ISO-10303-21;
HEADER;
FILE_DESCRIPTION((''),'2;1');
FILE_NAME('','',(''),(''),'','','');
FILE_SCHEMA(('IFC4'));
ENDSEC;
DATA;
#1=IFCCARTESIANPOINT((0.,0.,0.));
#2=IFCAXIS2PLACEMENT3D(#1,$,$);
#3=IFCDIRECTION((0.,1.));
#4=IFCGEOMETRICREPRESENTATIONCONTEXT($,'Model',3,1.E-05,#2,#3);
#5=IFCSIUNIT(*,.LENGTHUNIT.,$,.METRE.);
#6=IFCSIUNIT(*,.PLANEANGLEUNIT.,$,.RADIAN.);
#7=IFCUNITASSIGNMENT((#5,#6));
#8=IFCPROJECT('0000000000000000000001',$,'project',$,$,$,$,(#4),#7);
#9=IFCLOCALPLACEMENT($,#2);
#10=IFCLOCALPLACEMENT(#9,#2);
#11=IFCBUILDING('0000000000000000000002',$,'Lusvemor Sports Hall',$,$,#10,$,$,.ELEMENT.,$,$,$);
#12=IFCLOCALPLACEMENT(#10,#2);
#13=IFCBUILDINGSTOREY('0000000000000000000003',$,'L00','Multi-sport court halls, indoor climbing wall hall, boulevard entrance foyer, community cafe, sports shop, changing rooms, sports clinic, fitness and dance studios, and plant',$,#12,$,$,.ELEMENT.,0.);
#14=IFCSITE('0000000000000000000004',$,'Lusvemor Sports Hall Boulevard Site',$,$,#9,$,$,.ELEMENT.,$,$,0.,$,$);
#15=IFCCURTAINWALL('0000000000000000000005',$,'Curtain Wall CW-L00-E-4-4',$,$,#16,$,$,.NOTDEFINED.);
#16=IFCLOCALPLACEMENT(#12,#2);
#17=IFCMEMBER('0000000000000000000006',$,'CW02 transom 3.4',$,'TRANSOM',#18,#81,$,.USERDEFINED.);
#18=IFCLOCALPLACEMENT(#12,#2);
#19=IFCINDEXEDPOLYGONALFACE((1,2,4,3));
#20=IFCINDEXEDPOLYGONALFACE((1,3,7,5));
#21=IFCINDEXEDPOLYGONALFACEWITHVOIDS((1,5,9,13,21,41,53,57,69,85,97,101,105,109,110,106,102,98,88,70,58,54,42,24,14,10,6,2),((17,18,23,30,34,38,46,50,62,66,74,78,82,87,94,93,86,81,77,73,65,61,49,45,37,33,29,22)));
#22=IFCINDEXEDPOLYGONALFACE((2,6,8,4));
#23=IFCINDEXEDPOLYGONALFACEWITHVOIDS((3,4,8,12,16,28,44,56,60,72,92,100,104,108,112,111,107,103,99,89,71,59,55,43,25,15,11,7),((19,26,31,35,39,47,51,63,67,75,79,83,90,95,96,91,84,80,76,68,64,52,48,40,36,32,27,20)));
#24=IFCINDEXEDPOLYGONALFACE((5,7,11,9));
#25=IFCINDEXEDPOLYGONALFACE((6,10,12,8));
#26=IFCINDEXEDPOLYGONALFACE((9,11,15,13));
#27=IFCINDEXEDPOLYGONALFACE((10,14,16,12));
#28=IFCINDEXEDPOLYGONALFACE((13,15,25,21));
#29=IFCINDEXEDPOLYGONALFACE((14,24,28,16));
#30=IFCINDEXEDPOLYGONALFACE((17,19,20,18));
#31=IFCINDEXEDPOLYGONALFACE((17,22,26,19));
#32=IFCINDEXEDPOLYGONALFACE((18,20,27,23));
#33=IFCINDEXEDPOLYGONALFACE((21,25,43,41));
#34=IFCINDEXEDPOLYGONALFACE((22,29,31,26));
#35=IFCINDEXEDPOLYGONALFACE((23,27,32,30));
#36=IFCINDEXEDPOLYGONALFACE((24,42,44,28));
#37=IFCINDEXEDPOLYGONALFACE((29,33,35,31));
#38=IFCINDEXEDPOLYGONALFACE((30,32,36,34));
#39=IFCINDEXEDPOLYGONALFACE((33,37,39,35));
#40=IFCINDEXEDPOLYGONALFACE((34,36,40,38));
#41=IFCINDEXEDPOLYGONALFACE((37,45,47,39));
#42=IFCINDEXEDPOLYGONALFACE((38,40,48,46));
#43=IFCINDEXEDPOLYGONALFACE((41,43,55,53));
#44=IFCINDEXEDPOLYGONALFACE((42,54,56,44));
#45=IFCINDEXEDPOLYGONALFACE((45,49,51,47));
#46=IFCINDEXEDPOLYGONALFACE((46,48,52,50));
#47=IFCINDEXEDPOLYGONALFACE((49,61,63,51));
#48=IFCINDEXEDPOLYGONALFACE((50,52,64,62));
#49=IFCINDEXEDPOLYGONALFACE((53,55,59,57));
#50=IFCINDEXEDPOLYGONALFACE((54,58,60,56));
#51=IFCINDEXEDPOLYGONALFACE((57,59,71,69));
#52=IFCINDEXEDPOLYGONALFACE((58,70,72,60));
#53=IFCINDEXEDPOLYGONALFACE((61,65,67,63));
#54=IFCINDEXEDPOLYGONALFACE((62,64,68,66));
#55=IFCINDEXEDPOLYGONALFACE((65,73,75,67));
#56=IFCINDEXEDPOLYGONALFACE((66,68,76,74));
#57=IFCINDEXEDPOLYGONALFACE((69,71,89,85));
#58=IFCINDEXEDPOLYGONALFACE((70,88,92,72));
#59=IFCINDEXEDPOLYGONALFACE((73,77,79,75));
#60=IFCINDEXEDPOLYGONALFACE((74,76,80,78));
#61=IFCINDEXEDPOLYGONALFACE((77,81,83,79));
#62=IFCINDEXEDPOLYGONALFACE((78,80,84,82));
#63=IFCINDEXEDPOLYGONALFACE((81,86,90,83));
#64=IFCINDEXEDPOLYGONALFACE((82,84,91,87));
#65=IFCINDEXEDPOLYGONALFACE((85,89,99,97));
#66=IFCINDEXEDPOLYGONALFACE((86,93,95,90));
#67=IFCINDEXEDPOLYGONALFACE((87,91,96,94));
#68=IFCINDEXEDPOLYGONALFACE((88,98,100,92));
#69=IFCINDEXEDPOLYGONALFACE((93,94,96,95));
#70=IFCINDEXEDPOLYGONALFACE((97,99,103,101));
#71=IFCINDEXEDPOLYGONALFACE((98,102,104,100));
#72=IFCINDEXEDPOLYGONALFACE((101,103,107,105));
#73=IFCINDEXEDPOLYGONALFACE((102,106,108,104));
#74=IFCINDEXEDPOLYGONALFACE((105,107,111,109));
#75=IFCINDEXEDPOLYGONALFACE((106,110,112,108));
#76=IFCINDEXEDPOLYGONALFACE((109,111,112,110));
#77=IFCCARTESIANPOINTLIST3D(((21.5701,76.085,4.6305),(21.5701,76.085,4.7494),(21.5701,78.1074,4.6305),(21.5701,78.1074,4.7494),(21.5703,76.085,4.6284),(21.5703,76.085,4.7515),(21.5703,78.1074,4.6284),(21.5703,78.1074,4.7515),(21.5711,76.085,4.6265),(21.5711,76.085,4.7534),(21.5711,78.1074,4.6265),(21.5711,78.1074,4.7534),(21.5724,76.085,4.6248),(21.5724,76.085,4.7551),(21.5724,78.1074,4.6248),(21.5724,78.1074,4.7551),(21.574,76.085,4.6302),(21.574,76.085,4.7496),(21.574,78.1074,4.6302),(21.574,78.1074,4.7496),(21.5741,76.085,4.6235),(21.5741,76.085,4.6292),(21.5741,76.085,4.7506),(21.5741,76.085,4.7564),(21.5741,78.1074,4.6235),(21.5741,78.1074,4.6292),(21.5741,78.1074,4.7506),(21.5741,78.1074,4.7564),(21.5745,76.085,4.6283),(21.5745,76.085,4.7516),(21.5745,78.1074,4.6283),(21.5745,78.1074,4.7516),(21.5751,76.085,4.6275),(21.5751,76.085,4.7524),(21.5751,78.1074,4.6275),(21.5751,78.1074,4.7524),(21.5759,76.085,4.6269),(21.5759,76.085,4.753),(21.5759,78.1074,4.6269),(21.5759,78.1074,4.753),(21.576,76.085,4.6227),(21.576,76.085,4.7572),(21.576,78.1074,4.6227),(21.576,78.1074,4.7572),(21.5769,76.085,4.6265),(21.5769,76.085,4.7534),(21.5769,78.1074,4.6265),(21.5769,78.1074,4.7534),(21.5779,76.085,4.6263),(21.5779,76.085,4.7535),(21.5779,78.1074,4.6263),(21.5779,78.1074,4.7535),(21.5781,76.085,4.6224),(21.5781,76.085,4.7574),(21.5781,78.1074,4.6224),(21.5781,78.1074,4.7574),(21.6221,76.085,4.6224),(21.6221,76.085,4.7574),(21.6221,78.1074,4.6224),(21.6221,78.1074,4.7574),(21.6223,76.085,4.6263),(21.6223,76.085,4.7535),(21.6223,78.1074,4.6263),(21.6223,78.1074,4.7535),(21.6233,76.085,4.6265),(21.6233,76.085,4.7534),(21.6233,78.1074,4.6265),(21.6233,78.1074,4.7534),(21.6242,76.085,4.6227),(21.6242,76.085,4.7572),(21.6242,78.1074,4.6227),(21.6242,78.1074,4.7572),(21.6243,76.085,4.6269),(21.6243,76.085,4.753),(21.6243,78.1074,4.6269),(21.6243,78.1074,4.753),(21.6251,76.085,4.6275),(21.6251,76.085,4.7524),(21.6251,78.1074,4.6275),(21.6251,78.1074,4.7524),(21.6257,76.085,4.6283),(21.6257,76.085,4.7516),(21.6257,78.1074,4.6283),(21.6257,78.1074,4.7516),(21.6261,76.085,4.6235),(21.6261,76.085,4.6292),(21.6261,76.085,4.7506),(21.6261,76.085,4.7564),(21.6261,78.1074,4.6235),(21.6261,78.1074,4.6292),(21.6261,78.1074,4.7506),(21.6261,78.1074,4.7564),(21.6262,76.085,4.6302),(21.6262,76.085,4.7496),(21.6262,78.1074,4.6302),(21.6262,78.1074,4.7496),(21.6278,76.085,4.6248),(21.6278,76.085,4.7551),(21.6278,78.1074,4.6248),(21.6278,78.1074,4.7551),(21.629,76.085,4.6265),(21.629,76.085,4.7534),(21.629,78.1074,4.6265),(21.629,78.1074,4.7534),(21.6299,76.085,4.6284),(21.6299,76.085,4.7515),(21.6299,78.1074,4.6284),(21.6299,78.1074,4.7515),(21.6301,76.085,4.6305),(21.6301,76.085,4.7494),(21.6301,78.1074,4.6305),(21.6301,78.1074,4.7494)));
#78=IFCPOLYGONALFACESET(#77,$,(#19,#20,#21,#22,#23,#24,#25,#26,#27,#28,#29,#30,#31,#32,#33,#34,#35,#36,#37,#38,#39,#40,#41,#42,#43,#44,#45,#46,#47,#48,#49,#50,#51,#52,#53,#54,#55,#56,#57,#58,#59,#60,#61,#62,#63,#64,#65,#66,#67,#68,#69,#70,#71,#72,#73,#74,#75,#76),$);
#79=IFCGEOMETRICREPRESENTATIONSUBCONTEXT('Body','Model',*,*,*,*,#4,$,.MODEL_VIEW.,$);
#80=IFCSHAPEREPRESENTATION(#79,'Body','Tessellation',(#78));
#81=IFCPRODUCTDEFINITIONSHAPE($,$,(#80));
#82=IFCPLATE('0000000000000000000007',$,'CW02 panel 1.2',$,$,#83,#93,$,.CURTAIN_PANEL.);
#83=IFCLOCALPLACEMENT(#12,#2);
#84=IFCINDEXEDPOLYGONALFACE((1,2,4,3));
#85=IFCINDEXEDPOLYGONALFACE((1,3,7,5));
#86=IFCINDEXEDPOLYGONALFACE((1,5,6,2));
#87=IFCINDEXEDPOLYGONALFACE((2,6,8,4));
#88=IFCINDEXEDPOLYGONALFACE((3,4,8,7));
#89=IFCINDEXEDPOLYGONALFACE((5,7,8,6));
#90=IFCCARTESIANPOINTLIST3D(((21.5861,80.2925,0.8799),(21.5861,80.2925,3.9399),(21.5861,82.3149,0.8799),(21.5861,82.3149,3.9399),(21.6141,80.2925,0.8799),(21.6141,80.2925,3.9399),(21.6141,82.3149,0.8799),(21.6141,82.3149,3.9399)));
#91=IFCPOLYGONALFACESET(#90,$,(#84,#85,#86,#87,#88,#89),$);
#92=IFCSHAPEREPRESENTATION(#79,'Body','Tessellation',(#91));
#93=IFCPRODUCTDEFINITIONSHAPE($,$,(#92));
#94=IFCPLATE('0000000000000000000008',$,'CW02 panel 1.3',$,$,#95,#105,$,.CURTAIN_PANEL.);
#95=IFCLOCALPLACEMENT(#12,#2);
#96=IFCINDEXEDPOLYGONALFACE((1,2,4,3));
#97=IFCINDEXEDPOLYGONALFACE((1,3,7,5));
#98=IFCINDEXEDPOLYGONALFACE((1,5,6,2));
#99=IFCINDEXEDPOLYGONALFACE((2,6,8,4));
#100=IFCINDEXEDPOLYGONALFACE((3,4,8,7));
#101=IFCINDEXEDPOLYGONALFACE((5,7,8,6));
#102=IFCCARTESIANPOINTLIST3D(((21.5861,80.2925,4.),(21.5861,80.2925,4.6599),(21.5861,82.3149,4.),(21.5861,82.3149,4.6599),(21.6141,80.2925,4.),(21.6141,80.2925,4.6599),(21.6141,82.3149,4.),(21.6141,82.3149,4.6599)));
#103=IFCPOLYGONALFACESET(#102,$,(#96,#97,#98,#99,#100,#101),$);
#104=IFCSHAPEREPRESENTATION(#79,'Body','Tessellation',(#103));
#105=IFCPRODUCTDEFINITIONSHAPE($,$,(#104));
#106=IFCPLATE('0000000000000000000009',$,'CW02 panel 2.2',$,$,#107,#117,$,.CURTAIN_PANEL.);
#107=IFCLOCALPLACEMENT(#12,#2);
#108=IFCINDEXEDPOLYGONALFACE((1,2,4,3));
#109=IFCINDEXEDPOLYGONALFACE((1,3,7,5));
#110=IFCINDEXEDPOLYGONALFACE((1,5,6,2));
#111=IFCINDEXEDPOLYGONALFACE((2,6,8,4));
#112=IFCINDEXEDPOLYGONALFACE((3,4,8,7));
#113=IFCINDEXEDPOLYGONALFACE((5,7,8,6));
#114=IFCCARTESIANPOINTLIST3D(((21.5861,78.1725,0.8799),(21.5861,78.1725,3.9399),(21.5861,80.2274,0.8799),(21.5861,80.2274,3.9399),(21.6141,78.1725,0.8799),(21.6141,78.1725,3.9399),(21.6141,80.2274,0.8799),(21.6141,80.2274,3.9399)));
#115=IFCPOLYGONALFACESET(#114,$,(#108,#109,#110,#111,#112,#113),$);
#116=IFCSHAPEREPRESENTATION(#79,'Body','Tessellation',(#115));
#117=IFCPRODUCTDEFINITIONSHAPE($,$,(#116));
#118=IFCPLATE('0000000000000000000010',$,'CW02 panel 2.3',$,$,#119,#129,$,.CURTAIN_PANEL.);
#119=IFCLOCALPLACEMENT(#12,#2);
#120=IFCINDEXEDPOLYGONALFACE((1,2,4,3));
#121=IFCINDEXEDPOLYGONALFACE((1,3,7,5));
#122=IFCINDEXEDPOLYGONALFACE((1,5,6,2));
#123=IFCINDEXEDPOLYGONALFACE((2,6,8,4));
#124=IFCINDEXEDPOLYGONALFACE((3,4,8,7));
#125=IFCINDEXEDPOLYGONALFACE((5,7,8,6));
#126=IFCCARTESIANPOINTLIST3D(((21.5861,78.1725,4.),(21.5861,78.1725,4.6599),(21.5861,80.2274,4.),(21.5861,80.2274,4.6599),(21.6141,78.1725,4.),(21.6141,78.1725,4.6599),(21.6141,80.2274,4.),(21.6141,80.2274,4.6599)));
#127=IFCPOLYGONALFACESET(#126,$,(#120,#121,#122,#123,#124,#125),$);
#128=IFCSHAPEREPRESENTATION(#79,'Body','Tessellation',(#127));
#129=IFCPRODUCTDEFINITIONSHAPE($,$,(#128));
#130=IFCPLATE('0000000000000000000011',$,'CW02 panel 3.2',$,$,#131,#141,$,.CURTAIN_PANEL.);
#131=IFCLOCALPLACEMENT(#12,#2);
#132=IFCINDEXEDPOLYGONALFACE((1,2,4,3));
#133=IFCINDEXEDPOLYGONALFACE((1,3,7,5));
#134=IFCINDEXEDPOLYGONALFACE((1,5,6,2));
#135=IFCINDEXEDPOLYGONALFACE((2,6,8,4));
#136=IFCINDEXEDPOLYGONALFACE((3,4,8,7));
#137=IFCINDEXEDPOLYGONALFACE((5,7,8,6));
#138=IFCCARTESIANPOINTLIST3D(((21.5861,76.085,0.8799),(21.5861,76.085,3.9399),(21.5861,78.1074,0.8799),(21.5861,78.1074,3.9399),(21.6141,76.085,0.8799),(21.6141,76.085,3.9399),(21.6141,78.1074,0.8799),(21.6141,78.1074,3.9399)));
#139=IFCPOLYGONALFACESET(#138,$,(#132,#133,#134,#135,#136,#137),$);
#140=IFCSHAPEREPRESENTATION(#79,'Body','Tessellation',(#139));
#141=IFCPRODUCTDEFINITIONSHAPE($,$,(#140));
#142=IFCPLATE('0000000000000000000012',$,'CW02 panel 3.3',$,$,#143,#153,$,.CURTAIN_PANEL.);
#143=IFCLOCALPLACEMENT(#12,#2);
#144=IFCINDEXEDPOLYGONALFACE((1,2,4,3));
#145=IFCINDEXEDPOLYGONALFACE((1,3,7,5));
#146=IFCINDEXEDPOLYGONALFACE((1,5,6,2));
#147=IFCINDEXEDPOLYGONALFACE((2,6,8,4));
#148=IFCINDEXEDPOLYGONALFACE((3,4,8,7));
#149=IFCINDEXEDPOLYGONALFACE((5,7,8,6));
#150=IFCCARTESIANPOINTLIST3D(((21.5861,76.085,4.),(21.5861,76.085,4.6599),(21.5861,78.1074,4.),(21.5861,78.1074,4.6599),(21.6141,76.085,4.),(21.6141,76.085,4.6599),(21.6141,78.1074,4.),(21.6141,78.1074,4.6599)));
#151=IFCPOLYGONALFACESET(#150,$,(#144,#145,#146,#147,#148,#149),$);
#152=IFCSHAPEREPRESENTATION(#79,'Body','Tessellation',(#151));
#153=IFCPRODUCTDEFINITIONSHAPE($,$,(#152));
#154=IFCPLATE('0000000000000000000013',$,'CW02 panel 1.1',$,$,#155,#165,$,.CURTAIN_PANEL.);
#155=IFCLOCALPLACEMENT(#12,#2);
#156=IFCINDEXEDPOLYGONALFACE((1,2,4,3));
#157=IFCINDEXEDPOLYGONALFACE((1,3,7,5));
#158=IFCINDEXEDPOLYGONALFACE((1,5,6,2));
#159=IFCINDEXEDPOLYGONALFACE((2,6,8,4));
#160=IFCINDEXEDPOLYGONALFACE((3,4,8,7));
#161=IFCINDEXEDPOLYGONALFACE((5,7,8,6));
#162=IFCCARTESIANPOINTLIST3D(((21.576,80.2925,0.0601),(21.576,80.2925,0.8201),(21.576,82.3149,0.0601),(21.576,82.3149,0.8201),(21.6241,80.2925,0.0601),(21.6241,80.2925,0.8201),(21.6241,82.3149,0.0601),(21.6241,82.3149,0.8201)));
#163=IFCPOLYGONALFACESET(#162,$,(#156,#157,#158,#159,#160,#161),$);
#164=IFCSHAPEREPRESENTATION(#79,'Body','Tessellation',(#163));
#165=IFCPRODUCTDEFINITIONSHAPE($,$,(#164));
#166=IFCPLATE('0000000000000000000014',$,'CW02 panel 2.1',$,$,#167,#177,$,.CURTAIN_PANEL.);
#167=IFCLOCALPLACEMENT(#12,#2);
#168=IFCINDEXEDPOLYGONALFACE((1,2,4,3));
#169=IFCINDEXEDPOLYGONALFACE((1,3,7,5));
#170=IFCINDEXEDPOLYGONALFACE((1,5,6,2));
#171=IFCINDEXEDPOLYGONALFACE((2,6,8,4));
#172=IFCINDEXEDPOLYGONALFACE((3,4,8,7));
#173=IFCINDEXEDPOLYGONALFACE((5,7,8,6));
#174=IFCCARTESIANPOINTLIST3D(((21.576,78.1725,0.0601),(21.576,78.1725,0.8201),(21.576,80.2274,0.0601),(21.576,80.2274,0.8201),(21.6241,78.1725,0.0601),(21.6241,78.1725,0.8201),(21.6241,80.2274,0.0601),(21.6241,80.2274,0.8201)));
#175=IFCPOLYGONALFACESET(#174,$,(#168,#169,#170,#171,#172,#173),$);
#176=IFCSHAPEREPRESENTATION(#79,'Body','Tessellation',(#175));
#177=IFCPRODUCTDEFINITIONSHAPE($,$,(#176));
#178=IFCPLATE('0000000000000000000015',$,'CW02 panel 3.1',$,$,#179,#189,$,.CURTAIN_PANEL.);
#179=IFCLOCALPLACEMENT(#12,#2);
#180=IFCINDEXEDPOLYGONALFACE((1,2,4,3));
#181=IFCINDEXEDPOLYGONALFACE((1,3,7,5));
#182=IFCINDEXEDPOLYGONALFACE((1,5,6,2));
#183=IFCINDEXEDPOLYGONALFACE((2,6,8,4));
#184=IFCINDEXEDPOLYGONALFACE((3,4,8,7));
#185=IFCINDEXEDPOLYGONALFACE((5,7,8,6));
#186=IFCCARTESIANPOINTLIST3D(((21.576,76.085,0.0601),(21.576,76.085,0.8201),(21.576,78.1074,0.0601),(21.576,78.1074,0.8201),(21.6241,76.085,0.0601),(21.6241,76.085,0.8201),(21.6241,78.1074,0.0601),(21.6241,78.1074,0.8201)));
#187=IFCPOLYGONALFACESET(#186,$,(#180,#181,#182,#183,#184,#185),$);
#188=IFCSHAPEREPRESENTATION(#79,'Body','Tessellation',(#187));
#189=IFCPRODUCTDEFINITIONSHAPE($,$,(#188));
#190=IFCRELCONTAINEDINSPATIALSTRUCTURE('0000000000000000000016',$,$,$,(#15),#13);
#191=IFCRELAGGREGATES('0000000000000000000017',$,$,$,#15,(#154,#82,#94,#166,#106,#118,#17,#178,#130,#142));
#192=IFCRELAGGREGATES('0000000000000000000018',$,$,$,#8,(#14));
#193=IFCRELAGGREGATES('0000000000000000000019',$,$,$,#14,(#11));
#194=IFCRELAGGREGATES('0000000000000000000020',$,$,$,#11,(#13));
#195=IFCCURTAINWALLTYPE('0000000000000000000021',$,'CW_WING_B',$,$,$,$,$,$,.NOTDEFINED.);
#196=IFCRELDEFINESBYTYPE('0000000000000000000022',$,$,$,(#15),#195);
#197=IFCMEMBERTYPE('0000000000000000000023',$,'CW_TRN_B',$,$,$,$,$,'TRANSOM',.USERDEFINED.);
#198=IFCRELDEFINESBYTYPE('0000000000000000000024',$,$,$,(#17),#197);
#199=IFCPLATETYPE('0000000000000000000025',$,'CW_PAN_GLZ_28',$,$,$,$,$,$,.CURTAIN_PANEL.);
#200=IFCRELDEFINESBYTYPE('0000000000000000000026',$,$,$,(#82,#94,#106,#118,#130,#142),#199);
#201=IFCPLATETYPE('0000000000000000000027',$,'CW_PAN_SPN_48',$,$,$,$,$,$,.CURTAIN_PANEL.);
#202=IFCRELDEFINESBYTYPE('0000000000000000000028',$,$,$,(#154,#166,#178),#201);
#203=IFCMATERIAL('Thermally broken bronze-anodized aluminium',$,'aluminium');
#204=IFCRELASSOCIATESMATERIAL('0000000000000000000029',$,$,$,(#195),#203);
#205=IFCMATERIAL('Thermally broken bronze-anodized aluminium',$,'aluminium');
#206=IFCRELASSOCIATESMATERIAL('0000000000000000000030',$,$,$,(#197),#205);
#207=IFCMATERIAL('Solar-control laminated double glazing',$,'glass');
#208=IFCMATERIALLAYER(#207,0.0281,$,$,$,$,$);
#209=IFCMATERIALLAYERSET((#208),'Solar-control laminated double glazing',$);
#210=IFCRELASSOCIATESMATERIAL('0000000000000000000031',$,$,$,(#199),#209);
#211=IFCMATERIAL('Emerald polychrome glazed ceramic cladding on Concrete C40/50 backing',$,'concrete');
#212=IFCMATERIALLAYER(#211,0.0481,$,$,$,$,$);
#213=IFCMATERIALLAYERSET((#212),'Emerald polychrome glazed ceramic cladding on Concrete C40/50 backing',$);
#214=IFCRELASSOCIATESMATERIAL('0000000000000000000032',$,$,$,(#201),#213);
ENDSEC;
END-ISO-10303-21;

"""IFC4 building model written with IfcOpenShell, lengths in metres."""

from ifc_helpers import new_model, si_unit, direction, frame, origin, origin_2d, place, context, subcontext, project, spatial, rectangle, hollow_rectangle, extrude, material, layer, layer_set, material_profile, profile_set, type_object, element, aggregate, save


model = new_model("IFC4")

# Units and contexts
model_context = context("Model", 3, precision=1e-05, world=origin(), true_north=direction((0.0, 1.0)))
body_context = subcontext(model_context, "Body", "Model", "MODEL_VIEW")
ifc_project = project(units=[si_unit("LENGTHUNIT", "METRE"), si_unit("PLANEANGLEUNIT", "RADIAN")], contexts=[model_context])

# Site, building, storey
site_placement = place(None, origin())
site = spatial("IfcSite", under=ifc_project, at=site_placement, Name="Lusvemor Sports Hall Boulevard Site", CompositionType="ELEMENT", RefElevation=0.0)
building_placement = place(site_placement, origin())
building = spatial("IfcBuilding", under=site, at=building_placement, Name="Lusvemor Sports Hall", CompositionType="ELEMENT")
storey_placement = place(building_placement, origin())
storey = spatial("IfcBuildingStorey", under=building, at=storey_placement, Name="L00", Description="Multi-sport court halls, indoor climbing wall hall, boulevard entrance foyer, community cafe, sports shop, changing rooms, sports clinic, fitness and dance studios, and plant", CompositionType="ELEMENT", Elevation=0.0)

# Curtain wall, member, plates
ifc_material_1 = material(Name="Thermally broken bronze-anodized aluminium", Category="aluminium")
curtain_wall_type = type_object("IfcCurtainWallType", Name="CW_WING_B", PredefinedType="NOTDEFINED", material=ifc_material_1)
curtain_wall_placement = place(storey_placement, origin())
curtain_wall = element("IfcCurtainWall", 1, at=curtain_wall_placement, inside=storey, type_object=curtain_wall_type, Name="Curtain Wall CW-L00-E-4-4", PredefinedType="NOTDEFINED")
ifc_material_2 = material(Name="Thermally broken bronze-anodized aluminium", Category="aluminium")
ifc_material_profile_1 = material_profile(ifc_material_2, hollow_rectangle(XDim=0.0601, YDim=0.135, WallThickness=0.0039, InnerFilletRadius=0.0039, OuterFilletRadius=0.0081, at=origin_2d()), Name="CWTRN135x60x4")
ifc_profile_set_1 = profile_set([ifc_material_profile_1], Name="Thermally broken bronze-anodized aluminium")
member_type_1 = type_object("IfcMemberType", Name="CW_TRN_B", ElementType="TRANSOM", PredefinedType="USERDEFINED", material=ifc_profile_set_1)
member_1_placement = place(storey_placement, frame((21.6001, 78.1074, 4.6899), z_axis=(0.0, -1.0, 0.0), x_axis=(1.0, 0.0, 0.0)))
member_1 = element("IfcMember", 2, at=member_1_placement, type_object=member_type_1, Name="CW02 transom 3.4", ObjectType="TRANSOM", PredefinedType="USERDEFINED", context=body_context, shape_type="SweptSolid", body=[
    extrude(hollow_rectangle(XDim=0.0601, YDim=0.135, WallThickness=0.0039, InnerFilletRadius=0.0039, OuterFilletRadius=0.0081, at=origin_2d()), origin(), (0.0, 0.0, 1.0), 2.0225),
])
ifc_material_3 = material(Name="Solar-control laminated double glazing", Category="glass")
ifc_layer_1 = layer(ifc_material_3, 0.0281)
ifc_layer_set_1 = layer_set([ifc_layer_1], Name="Solar-control laminated double glazing")
plate_type_1 = type_object("IfcPlateType", Name="CW_PAN_GLZ_28", PredefinedType="CURTAIN_PANEL", material=ifc_layer_set_1)
plate_1_placement = place(storey_placement, frame((21.6001, 81.3037, 0.8799), z_axis=(0.0, 0.0, 1.0), x_axis=(0.0, -1.0, 0.0)))
plate_1 = element("IfcPlate", 3, at=plate_1_placement, type_object=plate_type_1, Name="CW02 panel 1.2", PredefinedType="CURTAIN_PANEL", context=body_context, shape_type="SweptSolid", body=[
    extrude(rectangle(XDim=2.0225, YDim=0.0281, at=origin_2d()), origin(), (0.0, 0.0, 1.0), 3.0601),
])
plate_2_placement = place(storey_placement, frame((21.6001, 81.3037, 4.0), z_axis=(0.0, 0.0, 1.0), x_axis=(0.0, -1.0, 0.0)))
plate_2 = element("IfcPlate", 4, at=plate_2_placement, type_object=plate_type_1, Name="CW02 panel 1.3", PredefinedType="CURTAIN_PANEL", context=body_context, shape_type="SweptSolid", body=[
    extrude(rectangle(XDim=2.0225, YDim=0.0281, at=origin_2d()), origin(), (0.0, 0.0, 1.0), 0.6599),
])
plate_3_placement = place(storey_placement, frame((21.6001, 79.2, 0.8799), z_axis=(0.0, 0.0, 1.0), x_axis=(0.0, -1.0, 0.0)))
plate_3 = element("IfcPlate", 5, at=plate_3_placement, type_object=plate_type_1, Name="CW02 panel 2.2", PredefinedType="CURTAIN_PANEL", context=body_context, shape_type="SweptSolid", body=[
    extrude(rectangle(XDim=2.0549, YDim=0.0281, at=origin_2d()), origin(), (0.0, 0.0, 1.0), 3.0601),
])
plate_4_placement = place(storey_placement, frame((21.6001, 79.2, 4.0), z_axis=(0.0, 0.0, 1.0), x_axis=(0.0, -1.0, 0.0)))
plate_4 = element("IfcPlate", 6, at=plate_4_placement, type_object=plate_type_1, Name="CW02 panel 2.3", PredefinedType="CURTAIN_PANEL", context=body_context, shape_type="SweptSolid", body=[
    extrude(rectangle(XDim=2.0549, YDim=0.0281, at=origin_2d()), origin(), (0.0, 0.0, 1.0), 0.6599),
])
plate_5_placement = place(storey_placement, frame((21.6001, 77.0962, 0.8799), z_axis=(0.0, 0.0, 1.0), x_axis=(0.0, -1.0, 0.0)))
plate_5 = element("IfcPlate", 7, at=plate_5_placement, type_object=plate_type_1, Name="CW02 panel 3.2", PredefinedType="CURTAIN_PANEL", context=body_context, shape_type="SweptSolid", body=[
    extrude(rectangle(XDim=2.0225, YDim=0.0281, at=origin_2d()), origin(), (0.0, 0.0, 1.0), 3.0601),
])
plate_6_placement = place(storey_placement, frame((21.6001, 77.0962, 4.0), z_axis=(0.0, 0.0, 1.0), x_axis=(0.0, -1.0, 0.0)))
plate_6 = element("IfcPlate", 8, at=plate_6_placement, type_object=plate_type_1, Name="CW02 panel 3.3", PredefinedType="CURTAIN_PANEL", context=body_context, shape_type="SweptSolid", body=[
    extrude(rectangle(XDim=2.0225, YDim=0.0281, at=origin_2d()), origin(), (0.0, 0.0, 1.0), 0.6599),
])
ifc_material_4 = material(Name="Emerald polychrome glazed ceramic cladding on Concrete C40/50 backing", Category="concrete")
ifc_layer_2 = layer(ifc_material_4, 0.0481)
ifc_layer_set_2 = layer_set([ifc_layer_2], Name="Emerald polychrome glazed ceramic cladding on Concrete C40/50 backing")
plate_type_2 = type_object("IfcPlateType", Name="CW_PAN_SPN_48", PredefinedType="CURTAIN_PANEL", material=ifc_layer_set_2)
plate_7_placement = place(storey_placement, frame((21.6001, 81.3037, 0.0601), z_axis=(0.0, 0.0, 1.0), x_axis=(0.0, -1.0, 0.0)))
plate_7 = element("IfcPlate", 9, at=plate_7_placement, type_object=plate_type_2, Name="CW02 panel 1.1", PredefinedType="CURTAIN_PANEL", context=body_context, shape_type="SweptSolid", body=[
    extrude(rectangle(XDim=2.0225, YDim=0.0481, at=origin_2d()), origin(), (0.0, 0.0, 1.0), 0.76),
])
plate_8_placement = place(storey_placement, frame((21.6001, 79.2, 0.0601), z_axis=(0.0, 0.0, 1.0), x_axis=(0.0, -1.0, 0.0)))
plate_8 = element("IfcPlate", 10, at=plate_8_placement, type_object=plate_type_2, Name="CW02 panel 2.1", PredefinedType="CURTAIN_PANEL", context=body_context, shape_type="SweptSolid", body=[
    extrude(rectangle(XDim=2.0549, YDim=0.0481, at=origin_2d()), origin(), (0.0, 0.0, 1.0), 0.76),
])
plate_9_placement = place(storey_placement, frame((21.6001, 77.0962, 0.0601), z_axis=(0.0, 0.0, 1.0), x_axis=(0.0, -1.0, 0.0)))
plate_9 = element("IfcPlate", 11, at=plate_9_placement, type_object=plate_type_2, Name="CW02 panel 3.1", PredefinedType="CURTAIN_PANEL", context=body_context, shape_type="SweptSolid", body=[
    extrude(rectangle(XDim=2.0225, YDim=0.0481, at=origin_2d()), origin(), (0.0, 0.0, 1.0), 0.76),
])
aggregate(curtain_wall, [plate_7, plate_1, plate_2, plate_8, plate_3, plate_4, member_1, plate_9, plate_5, plate_6])

save(model, "model.ifc")
